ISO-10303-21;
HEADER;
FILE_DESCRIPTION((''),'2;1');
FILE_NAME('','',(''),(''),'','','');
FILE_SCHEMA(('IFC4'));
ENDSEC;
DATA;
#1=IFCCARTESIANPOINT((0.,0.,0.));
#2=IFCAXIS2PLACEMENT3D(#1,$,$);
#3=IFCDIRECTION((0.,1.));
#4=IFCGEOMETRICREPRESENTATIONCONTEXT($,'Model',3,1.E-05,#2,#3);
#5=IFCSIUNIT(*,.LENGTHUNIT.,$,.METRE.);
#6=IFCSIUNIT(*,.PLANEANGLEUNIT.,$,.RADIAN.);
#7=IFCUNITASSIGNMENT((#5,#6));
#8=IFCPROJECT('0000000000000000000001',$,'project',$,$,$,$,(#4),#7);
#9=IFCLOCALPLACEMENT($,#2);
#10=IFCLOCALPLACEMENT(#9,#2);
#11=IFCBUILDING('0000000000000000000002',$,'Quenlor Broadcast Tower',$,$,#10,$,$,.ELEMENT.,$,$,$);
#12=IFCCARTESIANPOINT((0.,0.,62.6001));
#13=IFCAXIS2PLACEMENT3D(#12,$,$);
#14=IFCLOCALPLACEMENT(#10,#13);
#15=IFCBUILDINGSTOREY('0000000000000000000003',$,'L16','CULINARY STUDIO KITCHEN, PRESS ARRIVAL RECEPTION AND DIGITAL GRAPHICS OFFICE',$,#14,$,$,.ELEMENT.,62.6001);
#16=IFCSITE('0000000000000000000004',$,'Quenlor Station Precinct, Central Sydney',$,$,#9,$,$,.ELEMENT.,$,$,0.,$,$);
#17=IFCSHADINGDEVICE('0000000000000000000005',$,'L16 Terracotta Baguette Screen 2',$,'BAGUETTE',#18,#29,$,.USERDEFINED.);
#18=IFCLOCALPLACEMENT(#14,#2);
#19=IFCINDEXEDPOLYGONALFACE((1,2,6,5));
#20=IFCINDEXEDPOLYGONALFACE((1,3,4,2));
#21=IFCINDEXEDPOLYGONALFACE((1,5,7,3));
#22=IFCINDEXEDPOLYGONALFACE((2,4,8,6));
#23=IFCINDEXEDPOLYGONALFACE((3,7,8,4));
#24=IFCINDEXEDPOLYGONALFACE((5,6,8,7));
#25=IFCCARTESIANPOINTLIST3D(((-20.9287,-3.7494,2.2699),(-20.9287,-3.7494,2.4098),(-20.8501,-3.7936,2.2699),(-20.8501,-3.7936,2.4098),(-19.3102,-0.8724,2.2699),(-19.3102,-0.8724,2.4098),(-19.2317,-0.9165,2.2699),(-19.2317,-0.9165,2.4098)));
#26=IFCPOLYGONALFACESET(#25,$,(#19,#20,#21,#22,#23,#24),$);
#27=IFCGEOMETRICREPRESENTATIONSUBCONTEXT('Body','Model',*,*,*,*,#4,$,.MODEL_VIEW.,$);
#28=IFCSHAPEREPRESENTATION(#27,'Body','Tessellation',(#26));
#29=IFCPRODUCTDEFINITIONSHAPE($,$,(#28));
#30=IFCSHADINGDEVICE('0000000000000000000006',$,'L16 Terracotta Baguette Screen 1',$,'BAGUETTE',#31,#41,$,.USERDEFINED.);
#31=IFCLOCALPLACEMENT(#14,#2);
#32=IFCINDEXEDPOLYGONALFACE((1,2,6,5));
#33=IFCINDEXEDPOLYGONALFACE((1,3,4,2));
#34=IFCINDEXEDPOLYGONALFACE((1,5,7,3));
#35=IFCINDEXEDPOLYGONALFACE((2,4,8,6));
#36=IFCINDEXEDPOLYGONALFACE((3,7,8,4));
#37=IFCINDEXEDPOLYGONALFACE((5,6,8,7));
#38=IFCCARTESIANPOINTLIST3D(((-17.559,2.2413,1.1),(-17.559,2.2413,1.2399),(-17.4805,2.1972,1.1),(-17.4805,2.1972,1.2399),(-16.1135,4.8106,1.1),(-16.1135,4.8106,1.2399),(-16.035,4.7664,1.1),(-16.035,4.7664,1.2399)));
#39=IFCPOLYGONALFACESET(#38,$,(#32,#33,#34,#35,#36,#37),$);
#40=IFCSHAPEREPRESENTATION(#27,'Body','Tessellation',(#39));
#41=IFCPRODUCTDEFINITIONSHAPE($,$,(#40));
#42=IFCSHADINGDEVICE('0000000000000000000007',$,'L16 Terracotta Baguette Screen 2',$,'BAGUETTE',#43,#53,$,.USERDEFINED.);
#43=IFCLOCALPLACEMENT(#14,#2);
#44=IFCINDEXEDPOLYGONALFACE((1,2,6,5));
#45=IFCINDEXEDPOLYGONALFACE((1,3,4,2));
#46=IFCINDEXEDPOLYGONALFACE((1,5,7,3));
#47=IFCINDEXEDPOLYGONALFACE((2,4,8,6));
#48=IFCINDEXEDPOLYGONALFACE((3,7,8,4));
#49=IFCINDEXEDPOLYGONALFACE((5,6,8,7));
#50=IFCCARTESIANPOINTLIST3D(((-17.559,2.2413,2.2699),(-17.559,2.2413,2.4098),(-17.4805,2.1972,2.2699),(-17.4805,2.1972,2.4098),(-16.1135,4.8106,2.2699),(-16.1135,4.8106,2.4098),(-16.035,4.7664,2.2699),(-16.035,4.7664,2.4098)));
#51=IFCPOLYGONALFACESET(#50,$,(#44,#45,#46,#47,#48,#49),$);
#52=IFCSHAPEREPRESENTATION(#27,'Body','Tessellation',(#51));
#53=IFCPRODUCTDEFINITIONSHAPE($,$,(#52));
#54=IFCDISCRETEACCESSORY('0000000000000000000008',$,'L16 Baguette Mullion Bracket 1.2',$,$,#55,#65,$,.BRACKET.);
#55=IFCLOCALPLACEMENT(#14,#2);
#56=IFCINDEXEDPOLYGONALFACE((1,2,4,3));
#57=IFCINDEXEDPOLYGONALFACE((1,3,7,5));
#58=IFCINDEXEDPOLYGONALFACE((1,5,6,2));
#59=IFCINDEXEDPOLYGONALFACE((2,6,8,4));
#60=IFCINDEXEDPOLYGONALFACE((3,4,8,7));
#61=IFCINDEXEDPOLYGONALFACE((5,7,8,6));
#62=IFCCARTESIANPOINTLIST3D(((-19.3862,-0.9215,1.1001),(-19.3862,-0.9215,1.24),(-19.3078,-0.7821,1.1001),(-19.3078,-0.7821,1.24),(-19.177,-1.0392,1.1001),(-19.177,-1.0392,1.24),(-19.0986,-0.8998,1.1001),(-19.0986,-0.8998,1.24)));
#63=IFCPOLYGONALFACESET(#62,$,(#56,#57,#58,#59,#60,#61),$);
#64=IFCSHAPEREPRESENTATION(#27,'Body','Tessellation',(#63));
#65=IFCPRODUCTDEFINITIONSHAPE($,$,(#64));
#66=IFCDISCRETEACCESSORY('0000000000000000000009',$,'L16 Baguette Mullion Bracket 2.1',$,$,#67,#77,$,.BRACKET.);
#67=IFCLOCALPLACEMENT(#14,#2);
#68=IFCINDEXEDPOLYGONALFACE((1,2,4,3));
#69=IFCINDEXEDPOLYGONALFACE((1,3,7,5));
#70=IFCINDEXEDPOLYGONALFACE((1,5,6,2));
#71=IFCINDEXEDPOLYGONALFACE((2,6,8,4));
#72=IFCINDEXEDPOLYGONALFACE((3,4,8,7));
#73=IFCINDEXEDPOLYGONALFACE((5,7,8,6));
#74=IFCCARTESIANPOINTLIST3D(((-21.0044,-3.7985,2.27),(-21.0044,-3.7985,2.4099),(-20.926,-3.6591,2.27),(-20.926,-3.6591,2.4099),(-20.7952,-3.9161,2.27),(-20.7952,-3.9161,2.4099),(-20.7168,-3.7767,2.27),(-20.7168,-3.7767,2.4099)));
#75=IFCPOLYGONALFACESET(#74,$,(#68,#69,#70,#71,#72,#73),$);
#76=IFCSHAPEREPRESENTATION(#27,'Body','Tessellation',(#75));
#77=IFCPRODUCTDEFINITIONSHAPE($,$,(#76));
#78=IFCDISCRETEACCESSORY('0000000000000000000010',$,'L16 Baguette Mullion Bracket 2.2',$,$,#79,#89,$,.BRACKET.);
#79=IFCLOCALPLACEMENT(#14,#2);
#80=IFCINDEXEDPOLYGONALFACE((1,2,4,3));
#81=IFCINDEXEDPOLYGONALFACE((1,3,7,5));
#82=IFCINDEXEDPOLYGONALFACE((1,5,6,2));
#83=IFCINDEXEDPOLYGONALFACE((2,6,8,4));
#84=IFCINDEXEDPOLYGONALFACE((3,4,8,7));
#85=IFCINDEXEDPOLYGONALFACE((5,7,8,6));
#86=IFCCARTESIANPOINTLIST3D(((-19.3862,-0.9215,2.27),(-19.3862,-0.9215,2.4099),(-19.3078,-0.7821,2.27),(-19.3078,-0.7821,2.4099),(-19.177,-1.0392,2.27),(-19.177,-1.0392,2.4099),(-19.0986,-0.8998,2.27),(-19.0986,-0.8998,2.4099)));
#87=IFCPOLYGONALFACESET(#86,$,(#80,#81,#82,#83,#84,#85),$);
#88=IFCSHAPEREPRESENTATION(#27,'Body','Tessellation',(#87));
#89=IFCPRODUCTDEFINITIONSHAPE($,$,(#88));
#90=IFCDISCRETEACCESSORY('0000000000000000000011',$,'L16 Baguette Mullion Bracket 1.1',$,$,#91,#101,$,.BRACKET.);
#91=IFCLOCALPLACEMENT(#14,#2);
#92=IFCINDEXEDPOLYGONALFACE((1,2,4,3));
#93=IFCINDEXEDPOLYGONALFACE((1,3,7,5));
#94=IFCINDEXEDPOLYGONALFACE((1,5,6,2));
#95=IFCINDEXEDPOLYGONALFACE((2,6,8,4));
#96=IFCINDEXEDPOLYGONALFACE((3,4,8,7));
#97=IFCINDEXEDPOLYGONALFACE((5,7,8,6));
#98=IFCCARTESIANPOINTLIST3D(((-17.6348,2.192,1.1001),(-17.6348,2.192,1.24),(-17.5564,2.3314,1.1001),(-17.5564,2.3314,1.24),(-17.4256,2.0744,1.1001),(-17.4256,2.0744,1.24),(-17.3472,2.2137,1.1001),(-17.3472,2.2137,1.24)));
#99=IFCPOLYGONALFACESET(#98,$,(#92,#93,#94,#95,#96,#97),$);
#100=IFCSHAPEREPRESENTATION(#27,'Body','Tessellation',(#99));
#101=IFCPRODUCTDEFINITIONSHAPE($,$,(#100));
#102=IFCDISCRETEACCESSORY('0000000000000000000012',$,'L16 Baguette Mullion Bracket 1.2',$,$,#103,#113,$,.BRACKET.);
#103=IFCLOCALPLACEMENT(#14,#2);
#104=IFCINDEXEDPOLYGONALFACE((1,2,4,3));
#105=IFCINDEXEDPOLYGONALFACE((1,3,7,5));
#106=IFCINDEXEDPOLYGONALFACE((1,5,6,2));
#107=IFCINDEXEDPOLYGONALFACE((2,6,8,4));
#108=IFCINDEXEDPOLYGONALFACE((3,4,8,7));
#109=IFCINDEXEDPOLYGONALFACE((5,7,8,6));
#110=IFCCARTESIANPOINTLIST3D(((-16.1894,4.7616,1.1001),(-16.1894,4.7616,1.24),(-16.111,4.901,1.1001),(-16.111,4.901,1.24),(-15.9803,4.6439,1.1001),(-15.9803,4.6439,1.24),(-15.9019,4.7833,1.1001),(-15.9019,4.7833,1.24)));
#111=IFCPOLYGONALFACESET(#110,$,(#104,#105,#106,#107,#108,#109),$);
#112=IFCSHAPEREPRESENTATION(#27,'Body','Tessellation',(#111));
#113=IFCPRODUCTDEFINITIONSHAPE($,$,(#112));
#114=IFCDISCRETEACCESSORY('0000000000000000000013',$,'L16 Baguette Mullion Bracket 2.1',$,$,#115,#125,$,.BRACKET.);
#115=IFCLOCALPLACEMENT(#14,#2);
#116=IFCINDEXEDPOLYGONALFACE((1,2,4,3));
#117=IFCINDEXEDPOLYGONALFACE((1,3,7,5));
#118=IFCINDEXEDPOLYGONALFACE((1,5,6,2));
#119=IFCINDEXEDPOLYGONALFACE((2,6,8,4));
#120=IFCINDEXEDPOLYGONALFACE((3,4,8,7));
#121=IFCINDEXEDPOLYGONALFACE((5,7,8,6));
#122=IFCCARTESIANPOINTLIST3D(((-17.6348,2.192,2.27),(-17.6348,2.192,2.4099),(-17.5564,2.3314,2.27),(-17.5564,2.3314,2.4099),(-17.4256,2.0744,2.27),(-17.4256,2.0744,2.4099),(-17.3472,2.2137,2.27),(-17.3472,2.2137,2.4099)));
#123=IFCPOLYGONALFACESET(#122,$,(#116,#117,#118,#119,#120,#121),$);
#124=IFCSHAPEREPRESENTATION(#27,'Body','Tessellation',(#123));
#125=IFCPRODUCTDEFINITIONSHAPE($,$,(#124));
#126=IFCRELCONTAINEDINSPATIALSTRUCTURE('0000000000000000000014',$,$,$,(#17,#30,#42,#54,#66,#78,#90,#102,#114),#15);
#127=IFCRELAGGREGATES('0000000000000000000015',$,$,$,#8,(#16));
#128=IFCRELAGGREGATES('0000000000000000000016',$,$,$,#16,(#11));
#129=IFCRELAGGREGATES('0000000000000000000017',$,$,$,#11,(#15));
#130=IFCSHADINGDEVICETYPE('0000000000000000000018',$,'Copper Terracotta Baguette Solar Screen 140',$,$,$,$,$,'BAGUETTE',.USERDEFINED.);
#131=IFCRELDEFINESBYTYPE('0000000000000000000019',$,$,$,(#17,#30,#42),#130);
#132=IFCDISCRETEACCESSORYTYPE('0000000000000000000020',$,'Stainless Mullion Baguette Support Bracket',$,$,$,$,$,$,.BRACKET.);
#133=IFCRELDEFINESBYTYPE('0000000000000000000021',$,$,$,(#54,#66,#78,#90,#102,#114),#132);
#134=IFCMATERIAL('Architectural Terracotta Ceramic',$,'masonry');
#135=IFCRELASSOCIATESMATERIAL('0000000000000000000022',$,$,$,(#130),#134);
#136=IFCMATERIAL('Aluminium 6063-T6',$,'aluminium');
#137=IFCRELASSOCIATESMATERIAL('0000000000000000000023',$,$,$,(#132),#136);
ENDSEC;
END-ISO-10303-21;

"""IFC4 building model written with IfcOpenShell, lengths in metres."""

from ifc_helpers import new_model, si_unit, direction, frame, origin, origin_2d, place, context, subcontext, project, spatial, rectangle, extrude, material, material_profile, profile_set, type_object, element, save


model = new_model("IFC4")

# Units and contexts
model_context = context("Model", 3, precision=1e-05, world=origin(), true_north=direction((0.0, 1.0)))
body_context = subcontext(model_context, "Body", "Model", "MODEL_VIEW")
ifc_project = project(units=[si_unit("LENGTHUNIT", "METRE"), si_unit("PLANEANGLEUNIT", "RADIAN")], contexts=[model_context])

# Site, building, storey
site_placement = place(None, origin())
site = spatial("IfcSite", under=ifc_project, at=site_placement, Name="Quenlor Station Precinct, Central Sydney", CompositionType="ELEMENT", RefElevation=0.0)
building_placement = place(site_placement, origin())
building = spatial("IfcBuilding", under=site, at=building_placement, Name="Quenlor Broadcast Tower", CompositionType="ELEMENT")
storey_placement = place(building_placement, frame((0.0, 0.0, 62.6001)))
storey = spatial("IfcBuildingStorey", under=building, at=storey_placement, Name="L16", Description="CULINARY STUDIO KITCHEN, PRESS ARRIVAL RECEPTION AND DIGITAL GRAPHICS OFFICE", CompositionType="ELEMENT", Elevation=62.6001)

# Shading devices
ifc_material_1 = material(Name="Architectural Terracotta Ceramic", Category="masonry")
ifc_material_profile_1 = material_profile(ifc_material_1, rectangle(XDim=0.0901, YDim=0.1399, at=origin_2d()))
ifc_profile_set_1 = profile_set([ifc_material_profile_1], Name="Architectural Terracotta Ceramic BAG90x140")
shading_device_type = type_object("IfcShadingDeviceType", Name="Copper Terracotta Baguette Solar Screen 140", ElementType="BAGUETTE", PredefinedType="USERDEFINED", material=ifc_profile_set_1)
for number, where, z_axis, x_axis, name in (
    (1, (-20.8894, -3.7715, 2.3398), (0.490289, 0.87156, 0.0), (-0.87156, 0.490289, 0.0), "L16 Terracotta Baguette Screen 2"),
):
    element("IfcShadingDevice", number, at=place(storey_placement, frame(where, z_axis=z_axis, x_axis=x_axis)), inside=storey, type_object=shading_device_type, Name=name, ObjectType="BAGUETTE", PredefinedType="USERDEFINED", context=body_context, shape_type="SweptSolid", body=[
        extrude(rectangle(XDim=0.0901, YDim=0.1399, at=origin_2d()), origin(), (0.0, 0.0, 1.0), 3.301),
    ])
for number, where, z_axis, x_axis, name in (
    (2, (-17.5198, 2.2192, 1.1699), (0.49034, 0.871531, 0.0), (-0.871531, 0.49034, 0.0), "L16 Terracotta Baguette Screen 1"),
    (3, (-17.5198, 2.2192, 2.3398), (0.49034, 0.871531, 0.0), (-0.871531, 0.49034, 0.0), "L16 Terracotta Baguette Screen 2"),
):
    element("IfcShadingDevice", number, at=place(storey_placement, frame(where, z_axis=z_axis, x_axis=x_axis)), inside=storey, type_object=shading_device_type, Name=name, ObjectType="BAGUETTE", PredefinedType="USERDEFINED", context=body_context, shape_type="SweptSolid", body=[
        extrude(rectangle(XDim=0.0901, YDim=0.1399, at=origin_2d()), origin(), (0.0, 0.0, 1.0), 2.948),
    ])

# Discrete accessories
ifc_material_2 = material(Name="Aluminium 6063-T6", Category="aluminium")
discrete_accessory_type = type_object("IfcDiscreteAccessoryType", Name="Stainless Mullion Baguette Support Bracket", PredefinedType="BRACKET", material=ifc_material_2)
for number, where, z_axis, x_axis, name in (
    (4, (-19.2424, -0.9106, 1.1001), (0.0, 0.0, 1.0), (0.490257, 0.871578, 0.0), "L16 Baguette Mullion Bracket 1.2"),
    (5, (-20.8606, -3.7876, 2.27), (0.0, 0.0, 1.0), (0.490257, 0.871578, 0.0), "L16 Baguette Mullion Bracket 2.1"),
    (6, (-19.2424, -0.9106, 2.27), (0.0, 0.0, 1.0), (0.490257, 0.871578, 0.0), "L16 Baguette Mullion Bracket 2.2"),
    (7, (-17.491, 2.2029, 1.1001), (0.0, 0.0, 1.0), (0.490274, 0.871568, 0.0), "L16 Baguette Mullion Bracket 1.1"),
    (8, (-16.0457, 4.7725, 1.1001), (0.0, 0.0, 1.0), (0.490274, 0.871568, 0.0), "L16 Baguette Mullion Bracket 1.2"),
    (9, (-17.491, 2.2029, 2.27), (0.0, 0.0, 1.0), (0.490274, 0.871568, 0.0), "L16 Baguette Mullion Bracket 2.1"),
):
    element("IfcDiscreteAccessory", number, at=place(storey_placement, frame(where, z_axis=z_axis, x_axis=x_axis)), inside=storey, type_object=discrete_accessory_type, Name=name, PredefinedType="BRACKET", context=body_context, shape_type="SweptSolid", body=[
        extrude(rectangle(XDim=0.1599, YDim=0.24, at=origin_2d()), origin(), (0.0, 0.0, 1.0), 0.1399),
    ])

save(model, "model.ifc")
